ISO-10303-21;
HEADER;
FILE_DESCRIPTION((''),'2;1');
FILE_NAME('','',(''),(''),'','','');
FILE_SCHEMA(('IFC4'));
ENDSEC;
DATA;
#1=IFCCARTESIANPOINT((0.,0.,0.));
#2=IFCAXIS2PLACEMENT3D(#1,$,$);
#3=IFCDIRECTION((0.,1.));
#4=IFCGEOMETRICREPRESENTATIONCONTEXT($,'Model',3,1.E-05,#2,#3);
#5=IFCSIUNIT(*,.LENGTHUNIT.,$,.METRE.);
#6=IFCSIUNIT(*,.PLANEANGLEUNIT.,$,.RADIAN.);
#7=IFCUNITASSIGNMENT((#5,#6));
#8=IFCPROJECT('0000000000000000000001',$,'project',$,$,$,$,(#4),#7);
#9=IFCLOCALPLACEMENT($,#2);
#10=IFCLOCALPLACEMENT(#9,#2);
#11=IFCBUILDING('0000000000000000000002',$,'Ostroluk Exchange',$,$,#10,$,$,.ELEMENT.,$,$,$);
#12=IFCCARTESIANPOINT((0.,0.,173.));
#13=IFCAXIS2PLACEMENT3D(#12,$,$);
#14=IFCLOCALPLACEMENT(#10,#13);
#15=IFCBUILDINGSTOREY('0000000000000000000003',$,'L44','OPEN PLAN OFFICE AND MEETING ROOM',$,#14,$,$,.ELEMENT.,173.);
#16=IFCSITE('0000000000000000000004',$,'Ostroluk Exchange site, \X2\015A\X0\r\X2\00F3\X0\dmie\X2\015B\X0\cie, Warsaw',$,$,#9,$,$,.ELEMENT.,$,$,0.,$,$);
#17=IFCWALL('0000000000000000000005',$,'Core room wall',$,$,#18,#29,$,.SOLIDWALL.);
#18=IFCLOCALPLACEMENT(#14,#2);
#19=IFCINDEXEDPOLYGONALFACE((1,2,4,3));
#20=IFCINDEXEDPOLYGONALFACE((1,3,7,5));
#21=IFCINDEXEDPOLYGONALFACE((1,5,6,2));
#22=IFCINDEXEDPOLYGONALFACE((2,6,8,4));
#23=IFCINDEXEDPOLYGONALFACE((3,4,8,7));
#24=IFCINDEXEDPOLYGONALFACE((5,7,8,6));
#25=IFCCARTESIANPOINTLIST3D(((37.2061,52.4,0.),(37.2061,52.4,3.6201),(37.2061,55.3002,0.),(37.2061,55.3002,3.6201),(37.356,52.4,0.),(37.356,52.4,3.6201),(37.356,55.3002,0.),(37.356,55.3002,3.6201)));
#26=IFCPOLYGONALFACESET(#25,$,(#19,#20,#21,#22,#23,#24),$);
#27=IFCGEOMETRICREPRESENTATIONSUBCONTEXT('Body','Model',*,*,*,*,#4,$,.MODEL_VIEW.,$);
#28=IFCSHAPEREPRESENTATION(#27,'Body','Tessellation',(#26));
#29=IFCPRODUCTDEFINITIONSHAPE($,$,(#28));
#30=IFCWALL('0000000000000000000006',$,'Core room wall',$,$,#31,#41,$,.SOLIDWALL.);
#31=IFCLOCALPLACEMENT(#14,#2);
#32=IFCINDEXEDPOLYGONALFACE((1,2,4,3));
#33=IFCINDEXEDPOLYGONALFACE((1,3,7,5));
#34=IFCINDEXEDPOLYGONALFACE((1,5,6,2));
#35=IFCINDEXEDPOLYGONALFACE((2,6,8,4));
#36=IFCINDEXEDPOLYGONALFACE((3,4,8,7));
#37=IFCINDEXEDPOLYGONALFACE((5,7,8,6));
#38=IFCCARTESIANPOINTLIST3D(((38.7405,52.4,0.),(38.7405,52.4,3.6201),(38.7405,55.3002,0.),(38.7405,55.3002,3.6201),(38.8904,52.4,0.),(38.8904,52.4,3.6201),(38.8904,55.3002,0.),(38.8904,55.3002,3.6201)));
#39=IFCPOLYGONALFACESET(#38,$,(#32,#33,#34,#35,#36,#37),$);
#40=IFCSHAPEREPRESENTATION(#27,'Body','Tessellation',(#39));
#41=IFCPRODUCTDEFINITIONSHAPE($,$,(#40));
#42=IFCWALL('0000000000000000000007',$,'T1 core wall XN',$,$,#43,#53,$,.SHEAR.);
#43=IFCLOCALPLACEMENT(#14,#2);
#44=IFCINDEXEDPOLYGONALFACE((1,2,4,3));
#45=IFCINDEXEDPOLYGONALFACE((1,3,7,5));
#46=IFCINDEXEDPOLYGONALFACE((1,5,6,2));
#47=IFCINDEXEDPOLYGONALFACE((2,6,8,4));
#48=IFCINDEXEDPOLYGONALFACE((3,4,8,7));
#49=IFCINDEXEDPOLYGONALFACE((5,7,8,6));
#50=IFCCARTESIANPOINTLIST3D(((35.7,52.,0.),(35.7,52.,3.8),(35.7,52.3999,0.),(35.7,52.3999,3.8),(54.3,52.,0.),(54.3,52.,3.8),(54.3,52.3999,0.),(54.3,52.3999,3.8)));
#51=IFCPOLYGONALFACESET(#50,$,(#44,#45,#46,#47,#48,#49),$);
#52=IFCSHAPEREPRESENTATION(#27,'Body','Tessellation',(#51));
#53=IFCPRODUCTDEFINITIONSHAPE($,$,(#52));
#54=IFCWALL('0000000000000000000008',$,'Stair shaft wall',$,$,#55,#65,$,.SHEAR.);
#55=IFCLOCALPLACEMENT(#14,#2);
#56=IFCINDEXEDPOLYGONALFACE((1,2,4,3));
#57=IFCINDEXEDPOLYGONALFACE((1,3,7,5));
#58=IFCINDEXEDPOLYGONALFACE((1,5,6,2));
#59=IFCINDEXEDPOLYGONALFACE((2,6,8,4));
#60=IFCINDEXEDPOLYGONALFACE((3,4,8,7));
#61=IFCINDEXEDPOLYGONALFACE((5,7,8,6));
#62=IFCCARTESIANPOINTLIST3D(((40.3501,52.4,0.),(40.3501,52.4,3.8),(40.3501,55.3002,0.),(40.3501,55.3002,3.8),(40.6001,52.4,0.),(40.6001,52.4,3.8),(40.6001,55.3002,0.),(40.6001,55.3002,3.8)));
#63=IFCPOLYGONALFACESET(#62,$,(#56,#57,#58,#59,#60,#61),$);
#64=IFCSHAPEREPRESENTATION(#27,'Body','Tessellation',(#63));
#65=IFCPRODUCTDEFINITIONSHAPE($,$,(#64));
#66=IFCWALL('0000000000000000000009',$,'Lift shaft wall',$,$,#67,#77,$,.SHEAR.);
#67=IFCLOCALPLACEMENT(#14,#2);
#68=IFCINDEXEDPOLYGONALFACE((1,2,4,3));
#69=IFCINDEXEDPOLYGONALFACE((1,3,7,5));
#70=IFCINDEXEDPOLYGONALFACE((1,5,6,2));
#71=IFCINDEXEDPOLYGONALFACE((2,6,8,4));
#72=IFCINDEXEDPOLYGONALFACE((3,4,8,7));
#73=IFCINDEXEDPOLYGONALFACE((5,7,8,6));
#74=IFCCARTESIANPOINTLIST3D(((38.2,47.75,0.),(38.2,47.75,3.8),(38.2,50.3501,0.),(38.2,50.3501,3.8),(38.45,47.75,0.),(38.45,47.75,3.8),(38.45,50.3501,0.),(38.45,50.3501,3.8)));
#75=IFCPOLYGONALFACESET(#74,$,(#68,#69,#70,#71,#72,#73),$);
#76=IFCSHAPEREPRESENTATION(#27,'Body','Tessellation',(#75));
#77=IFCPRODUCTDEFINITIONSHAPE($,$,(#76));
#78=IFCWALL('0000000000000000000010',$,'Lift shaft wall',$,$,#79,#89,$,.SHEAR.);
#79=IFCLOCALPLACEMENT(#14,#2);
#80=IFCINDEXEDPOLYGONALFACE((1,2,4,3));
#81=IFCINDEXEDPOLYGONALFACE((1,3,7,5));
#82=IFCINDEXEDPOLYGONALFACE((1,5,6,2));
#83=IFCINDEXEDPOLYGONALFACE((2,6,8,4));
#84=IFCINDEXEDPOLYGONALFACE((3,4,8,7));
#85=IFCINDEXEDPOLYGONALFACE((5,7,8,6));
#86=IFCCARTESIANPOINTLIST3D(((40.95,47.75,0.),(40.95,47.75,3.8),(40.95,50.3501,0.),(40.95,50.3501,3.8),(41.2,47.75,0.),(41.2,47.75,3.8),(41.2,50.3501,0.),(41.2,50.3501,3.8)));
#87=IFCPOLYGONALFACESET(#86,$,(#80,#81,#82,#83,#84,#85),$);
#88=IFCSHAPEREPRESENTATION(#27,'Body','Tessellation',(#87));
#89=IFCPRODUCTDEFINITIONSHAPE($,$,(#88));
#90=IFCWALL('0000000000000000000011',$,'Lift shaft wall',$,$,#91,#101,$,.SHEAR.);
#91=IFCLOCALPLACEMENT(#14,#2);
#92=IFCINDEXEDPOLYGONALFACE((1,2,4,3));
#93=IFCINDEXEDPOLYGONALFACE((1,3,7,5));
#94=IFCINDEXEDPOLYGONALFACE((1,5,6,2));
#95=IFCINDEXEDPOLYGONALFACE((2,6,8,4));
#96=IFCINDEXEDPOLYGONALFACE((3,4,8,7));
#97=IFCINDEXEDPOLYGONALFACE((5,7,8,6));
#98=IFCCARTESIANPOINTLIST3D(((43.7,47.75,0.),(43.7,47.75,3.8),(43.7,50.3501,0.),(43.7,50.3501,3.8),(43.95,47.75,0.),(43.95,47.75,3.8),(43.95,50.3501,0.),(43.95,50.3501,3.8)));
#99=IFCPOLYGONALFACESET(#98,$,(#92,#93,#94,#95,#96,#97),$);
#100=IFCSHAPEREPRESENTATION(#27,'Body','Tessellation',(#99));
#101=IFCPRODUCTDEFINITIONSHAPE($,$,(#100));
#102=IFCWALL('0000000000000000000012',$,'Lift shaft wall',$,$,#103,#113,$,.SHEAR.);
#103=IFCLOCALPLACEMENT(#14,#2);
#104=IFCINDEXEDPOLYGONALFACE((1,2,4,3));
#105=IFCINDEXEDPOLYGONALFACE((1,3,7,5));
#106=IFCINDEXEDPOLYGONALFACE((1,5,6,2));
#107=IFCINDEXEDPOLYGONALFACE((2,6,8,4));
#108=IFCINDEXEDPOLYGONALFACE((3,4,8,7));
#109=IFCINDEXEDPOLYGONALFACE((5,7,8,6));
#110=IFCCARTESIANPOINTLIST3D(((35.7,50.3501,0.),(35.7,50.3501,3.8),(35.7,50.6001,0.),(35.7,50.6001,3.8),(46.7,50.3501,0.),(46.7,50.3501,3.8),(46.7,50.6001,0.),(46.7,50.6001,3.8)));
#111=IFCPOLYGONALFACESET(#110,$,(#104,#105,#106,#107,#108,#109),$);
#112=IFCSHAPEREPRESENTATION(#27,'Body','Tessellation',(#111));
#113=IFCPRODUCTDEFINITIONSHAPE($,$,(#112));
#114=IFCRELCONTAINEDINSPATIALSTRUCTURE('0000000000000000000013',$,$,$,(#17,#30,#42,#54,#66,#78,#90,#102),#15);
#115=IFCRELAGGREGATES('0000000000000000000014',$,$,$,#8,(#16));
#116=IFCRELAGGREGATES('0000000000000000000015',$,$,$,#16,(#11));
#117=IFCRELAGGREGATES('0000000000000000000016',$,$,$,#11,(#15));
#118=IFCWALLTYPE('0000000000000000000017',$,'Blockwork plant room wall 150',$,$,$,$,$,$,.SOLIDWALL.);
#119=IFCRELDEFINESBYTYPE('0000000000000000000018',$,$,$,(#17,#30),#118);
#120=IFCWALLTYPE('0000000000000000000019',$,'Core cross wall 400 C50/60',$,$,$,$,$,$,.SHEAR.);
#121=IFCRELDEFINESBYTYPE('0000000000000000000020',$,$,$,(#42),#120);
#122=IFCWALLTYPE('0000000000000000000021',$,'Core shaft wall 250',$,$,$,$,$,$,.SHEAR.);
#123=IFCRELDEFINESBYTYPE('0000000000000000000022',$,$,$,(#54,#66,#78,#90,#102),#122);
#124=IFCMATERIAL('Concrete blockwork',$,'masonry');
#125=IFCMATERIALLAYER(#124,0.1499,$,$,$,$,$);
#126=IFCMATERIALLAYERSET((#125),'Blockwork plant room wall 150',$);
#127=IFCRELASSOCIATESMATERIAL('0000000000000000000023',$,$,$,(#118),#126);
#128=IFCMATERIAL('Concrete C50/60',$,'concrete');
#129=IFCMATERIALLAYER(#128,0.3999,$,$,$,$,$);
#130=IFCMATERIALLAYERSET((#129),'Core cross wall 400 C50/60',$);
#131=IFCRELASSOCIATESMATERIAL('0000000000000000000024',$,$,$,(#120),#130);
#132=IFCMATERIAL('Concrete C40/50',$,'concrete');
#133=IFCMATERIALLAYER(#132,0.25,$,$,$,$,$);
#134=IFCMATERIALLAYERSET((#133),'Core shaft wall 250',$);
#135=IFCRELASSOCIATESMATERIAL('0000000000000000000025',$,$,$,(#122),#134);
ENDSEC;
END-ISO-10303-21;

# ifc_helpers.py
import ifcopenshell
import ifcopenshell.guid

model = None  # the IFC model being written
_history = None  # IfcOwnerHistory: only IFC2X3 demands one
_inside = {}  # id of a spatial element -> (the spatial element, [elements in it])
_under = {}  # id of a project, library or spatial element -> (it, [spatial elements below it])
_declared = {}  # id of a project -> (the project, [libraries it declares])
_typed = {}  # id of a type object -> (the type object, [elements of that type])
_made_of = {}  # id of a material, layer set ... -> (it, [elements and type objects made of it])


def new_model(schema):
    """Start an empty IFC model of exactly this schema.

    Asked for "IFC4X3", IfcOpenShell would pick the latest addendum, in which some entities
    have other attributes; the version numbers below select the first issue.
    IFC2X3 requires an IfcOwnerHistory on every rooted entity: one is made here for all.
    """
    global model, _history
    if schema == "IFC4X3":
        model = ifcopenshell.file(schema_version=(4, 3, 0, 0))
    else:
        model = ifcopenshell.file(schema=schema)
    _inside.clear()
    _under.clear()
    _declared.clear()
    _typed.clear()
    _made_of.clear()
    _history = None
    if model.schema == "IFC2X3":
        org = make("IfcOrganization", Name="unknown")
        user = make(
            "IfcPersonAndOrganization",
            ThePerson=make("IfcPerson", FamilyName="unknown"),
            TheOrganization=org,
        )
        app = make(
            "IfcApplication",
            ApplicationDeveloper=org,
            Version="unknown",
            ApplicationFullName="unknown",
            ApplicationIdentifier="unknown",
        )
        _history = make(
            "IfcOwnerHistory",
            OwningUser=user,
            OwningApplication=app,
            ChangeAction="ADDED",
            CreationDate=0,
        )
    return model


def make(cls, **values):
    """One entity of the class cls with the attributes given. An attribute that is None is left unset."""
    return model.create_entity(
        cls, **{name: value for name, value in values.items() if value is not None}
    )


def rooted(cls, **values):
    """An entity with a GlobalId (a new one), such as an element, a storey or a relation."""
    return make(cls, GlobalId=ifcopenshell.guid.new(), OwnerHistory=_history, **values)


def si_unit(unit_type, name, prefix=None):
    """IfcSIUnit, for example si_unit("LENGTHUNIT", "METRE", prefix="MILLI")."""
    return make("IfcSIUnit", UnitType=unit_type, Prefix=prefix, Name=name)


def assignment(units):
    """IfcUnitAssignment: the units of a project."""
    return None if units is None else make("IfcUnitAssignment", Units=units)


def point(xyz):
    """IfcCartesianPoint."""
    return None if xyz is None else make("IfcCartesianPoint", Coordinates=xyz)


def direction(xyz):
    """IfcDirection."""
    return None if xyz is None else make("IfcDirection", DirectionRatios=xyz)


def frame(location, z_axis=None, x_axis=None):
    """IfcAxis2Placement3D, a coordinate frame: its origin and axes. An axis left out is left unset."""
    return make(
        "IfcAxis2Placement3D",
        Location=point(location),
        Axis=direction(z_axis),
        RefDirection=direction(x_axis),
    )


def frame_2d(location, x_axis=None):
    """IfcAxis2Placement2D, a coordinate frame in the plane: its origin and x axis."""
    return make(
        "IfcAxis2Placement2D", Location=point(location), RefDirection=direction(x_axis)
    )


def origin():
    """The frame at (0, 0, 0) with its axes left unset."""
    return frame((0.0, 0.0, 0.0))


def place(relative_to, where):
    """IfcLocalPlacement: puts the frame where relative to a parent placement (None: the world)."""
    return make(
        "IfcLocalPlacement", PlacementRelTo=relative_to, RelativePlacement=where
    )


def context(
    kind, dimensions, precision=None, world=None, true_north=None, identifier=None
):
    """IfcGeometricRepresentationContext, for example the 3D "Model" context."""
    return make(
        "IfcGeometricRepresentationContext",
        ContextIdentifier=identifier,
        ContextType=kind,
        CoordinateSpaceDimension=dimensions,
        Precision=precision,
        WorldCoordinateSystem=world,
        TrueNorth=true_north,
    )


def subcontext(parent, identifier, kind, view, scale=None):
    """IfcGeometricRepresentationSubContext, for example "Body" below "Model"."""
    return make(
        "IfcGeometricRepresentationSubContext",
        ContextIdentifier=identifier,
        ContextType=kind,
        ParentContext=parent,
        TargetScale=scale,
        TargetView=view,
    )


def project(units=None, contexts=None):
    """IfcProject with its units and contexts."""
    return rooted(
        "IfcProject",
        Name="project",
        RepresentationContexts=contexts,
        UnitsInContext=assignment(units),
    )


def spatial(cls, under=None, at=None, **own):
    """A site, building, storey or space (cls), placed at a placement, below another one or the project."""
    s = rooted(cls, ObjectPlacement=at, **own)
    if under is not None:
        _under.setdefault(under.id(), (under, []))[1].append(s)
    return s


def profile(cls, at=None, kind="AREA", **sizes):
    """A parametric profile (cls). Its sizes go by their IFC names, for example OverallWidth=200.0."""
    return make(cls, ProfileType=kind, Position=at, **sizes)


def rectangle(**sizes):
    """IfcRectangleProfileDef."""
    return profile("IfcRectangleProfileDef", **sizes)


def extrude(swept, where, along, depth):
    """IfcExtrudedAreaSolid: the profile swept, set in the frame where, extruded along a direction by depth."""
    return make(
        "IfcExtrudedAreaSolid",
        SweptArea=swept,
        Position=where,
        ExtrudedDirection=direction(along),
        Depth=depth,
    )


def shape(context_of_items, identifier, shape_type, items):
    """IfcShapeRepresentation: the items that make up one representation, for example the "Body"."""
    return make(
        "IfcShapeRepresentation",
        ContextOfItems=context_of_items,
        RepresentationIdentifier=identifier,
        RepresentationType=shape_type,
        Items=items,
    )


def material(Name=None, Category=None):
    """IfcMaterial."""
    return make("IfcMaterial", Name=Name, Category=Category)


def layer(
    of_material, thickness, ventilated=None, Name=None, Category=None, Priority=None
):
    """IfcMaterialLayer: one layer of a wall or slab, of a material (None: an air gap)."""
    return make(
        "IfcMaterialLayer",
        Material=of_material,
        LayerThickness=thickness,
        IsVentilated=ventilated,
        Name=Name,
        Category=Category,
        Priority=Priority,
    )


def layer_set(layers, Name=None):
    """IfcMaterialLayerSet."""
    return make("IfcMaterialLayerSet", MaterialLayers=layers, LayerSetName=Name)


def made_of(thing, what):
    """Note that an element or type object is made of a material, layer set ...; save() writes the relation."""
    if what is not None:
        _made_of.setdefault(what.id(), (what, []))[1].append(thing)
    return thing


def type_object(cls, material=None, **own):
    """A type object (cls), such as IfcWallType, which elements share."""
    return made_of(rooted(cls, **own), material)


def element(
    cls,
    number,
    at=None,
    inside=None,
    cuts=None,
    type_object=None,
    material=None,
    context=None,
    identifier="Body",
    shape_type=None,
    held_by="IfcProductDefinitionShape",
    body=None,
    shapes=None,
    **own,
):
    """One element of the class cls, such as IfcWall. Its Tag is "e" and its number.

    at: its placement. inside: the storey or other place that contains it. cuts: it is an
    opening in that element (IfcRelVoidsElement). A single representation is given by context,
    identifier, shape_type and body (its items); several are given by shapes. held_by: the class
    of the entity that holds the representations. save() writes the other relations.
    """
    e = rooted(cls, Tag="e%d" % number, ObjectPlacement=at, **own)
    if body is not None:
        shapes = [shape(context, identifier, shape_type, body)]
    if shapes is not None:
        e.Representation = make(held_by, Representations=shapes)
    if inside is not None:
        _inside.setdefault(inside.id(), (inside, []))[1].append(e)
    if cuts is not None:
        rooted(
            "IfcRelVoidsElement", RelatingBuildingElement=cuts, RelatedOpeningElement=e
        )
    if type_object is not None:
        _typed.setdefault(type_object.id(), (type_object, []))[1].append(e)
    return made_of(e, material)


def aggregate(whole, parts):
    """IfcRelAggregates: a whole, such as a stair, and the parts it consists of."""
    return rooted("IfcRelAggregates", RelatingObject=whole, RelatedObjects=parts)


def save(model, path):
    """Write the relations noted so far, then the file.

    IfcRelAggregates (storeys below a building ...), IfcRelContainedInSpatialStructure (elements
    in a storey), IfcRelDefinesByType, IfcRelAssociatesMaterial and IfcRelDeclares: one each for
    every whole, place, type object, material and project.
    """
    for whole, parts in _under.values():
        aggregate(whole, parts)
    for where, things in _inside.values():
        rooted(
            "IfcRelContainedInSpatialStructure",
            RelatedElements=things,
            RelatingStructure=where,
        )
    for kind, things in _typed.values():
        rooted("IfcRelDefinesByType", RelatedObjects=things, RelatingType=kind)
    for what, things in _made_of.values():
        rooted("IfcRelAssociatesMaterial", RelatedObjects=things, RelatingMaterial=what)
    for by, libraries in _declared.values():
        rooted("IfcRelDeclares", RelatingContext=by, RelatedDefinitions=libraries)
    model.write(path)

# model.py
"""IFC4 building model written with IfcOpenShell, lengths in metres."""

from ifc_helpers import new_model, si_unit, direction, frame, frame_2d, origin, place, context, subcontext, project, spatial, rectangle, extrude, material, layer, layer_set, type_object, element, save


model = new_model("IFC4")

# Units and contexts
model_context = context("Model", 3, precision=1e-05, world=origin(), true_north=direction((0.0, 1.0)))
body_context = subcontext(model_context, "Body", "Model", "MODEL_VIEW")
ifc_project = project(units=[si_unit("LENGTHUNIT", "METRE"), si_unit("PLANEANGLEUNIT", "RADIAN")], contexts=[model_context])

# Site, building, storey
site_placement = place(None, origin())
site = spatial("IfcSite", under=ifc_project, at=site_placement, Name="Ostroluk Exchange site, Śródmieście, Warsaw", CompositionType="ELEMENT", RefElevation=0.0)
building_placement = place(site_placement, origin())
building = spatial("IfcBuilding", under=site, at=building_placement, Name="Ostroluk Exchange", CompositionType="ELEMENT")
storey_placement = place(building_placement, frame((0.0, 0.0, 173.0)))
storey = spatial("IfcBuildingStorey", under=building, at=storey_placement, Name="L44", Description="OPEN PLAN OFFICE AND MEETING ROOM", CompositionType="ELEMENT", Elevation=173.0)

# Walls
ifc_material_1 = material(Name="Concrete blockwork", Category="masonry")
ifc_layer_1 = layer(ifc_material_1, 0.1499)
ifc_layer_set_1 = layer_set([ifc_layer_1], Name="Blockwork plant room wall 150")
wall_type_1 = type_object("IfcWallType", Name="Blockwork plant room wall 150", PredefinedType="SOLIDWALL", material=ifc_layer_set_1)
for number, where, z_axis, x_axis, name in (
    (1, (37.281, 52.3999, 0.0), (0.0, 0.0, 1.0), (0.0, 1.0, 0.0), "Core room wall"),
    (2, (38.8154, 52.3999, 0.0), (0.0, 0.0, 1.0), (0.0, 1.0, 0.0), "Core room wall"),
):
    element("IfcWall", number, at=place(storey_placement, frame(where, z_axis=z_axis, x_axis=x_axis)), inside=storey, type_object=wall_type_1, Name=name, PredefinedType="SOLIDWALL", context=body_context, shape_type="SweptSolid", body=[
        extrude(rectangle(XDim=2.9001, YDim=0.1499, at=frame_2d((1.4502, 0.0))), origin(), (0.0, 0.0, 1.0), 3.6201),
    ])
ifc_material_2 = material(Name="Concrete C50/60", Category="concrete")
ifc_layer_2 = layer(ifc_material_2, 0.3999)
ifc_layer_set_2 = layer_set([ifc_layer_2], Name="Core cross wall 400 C50/60")
wall_type_2 = type_object("IfcWallType", Name="Core cross wall 400 C50/60", PredefinedType="SHEAR", material=ifc_layer_set_2)
wall_1_placement = place(storey_placement, frame((35.7, 52.2, 0.0), z_axis=(0.0, 0.0, 1.0), x_axis=(1.0, 0.0, 0.0)))
element("IfcWall", 3, at=wall_1_placement, inside=storey, type_object=wall_type_2, Name="T1 core wall XN", PredefinedType="SHEAR", context=body_context, shape_type="SweptSolid", body=[
    extrude(rectangle(XDim=18.6001, YDim=0.3999, at=frame_2d((9.3, 0.0))), origin(), (0.0, 0.0, 1.0), 3.8),
])
ifc_material_3 = material(Name="Concrete C40/50", Category="concrete")
ifc_layer_3 = layer(ifc_material_3, 0.25)
ifc_layer_set_3 = layer_set([ifc_layer_3], Name="Core shaft wall 250")
wall_type_3 = type_object("IfcWallType", Name="Core shaft wall 250", PredefinedType="SHEAR", material=ifc_layer_set_3)
wall_2_placement = place(storey_placement, frame((40.4751, 52.3999, 0.0), z_axis=(0.0, 0.0, 1.0), x_axis=(0.0, 1.0, 0.0)))
element("IfcWall", 4, at=wall_2_placement, inside=storey, type_object=wall_type_3, Name="Stair shaft wall", PredefinedType="SHEAR", context=body_context, shape_type="SweptSolid", body=[
    extrude(rectangle(XDim=2.9001, YDim=0.25, at=frame_2d((1.4502, 0.0))), origin(), (0.0, 0.0, 1.0), 3.8),
])
for number, where, z_axis, x_axis, name in (
    (5, (38.325, 47.75, 0.0), (0.0, 0.0, 1.0), (0.0, 1.0, 0.0), "Lift shaft wall"),
    (6, (41.075, 47.75, 0.0), (0.0, 0.0, 1.0), (0.0, 1.0, 0.0), "Lift shaft wall"),
    (7, (43.825, 47.75, 0.0), (0.0, 0.0, 1.0), (0.0, 1.0, 0.0), "Lift shaft wall"),
):
    element("IfcWall", number, at=place(storey_placement, frame(where, z_axis=z_axis, x_axis=x_axis)), inside=storey, type_object=wall_type_3, Name=name, PredefinedType="SHEAR", context=body_context, shape_type="SweptSolid", body=[
        extrude(rectangle(XDim=2.6001, YDim=0.25, at=frame_2d((1.3, 0.0))), origin(), (0.0, 0.0, 1.0), 3.8),
    ])
wall_3_placement = place(storey_placement, frame((35.7, 50.4751, 0.0), z_axis=(0.0, 0.0, 1.0), x_axis=(1.0, 0.0, 0.0)))
element("IfcWall", 8, at=wall_3_placement, inside=storey, type_object=wall_type_3, Name="Lift shaft wall", PredefinedType="SHEAR", context=body_context, shape_type="SweptSolid", body=[
    extrude(rectangle(XDim=11.0, YDim=0.25, at=frame_2d((5.5, 0.0))), origin(), (0.0, 0.0, 1.0), 3.8),
])

save(model, "model.ifc")
